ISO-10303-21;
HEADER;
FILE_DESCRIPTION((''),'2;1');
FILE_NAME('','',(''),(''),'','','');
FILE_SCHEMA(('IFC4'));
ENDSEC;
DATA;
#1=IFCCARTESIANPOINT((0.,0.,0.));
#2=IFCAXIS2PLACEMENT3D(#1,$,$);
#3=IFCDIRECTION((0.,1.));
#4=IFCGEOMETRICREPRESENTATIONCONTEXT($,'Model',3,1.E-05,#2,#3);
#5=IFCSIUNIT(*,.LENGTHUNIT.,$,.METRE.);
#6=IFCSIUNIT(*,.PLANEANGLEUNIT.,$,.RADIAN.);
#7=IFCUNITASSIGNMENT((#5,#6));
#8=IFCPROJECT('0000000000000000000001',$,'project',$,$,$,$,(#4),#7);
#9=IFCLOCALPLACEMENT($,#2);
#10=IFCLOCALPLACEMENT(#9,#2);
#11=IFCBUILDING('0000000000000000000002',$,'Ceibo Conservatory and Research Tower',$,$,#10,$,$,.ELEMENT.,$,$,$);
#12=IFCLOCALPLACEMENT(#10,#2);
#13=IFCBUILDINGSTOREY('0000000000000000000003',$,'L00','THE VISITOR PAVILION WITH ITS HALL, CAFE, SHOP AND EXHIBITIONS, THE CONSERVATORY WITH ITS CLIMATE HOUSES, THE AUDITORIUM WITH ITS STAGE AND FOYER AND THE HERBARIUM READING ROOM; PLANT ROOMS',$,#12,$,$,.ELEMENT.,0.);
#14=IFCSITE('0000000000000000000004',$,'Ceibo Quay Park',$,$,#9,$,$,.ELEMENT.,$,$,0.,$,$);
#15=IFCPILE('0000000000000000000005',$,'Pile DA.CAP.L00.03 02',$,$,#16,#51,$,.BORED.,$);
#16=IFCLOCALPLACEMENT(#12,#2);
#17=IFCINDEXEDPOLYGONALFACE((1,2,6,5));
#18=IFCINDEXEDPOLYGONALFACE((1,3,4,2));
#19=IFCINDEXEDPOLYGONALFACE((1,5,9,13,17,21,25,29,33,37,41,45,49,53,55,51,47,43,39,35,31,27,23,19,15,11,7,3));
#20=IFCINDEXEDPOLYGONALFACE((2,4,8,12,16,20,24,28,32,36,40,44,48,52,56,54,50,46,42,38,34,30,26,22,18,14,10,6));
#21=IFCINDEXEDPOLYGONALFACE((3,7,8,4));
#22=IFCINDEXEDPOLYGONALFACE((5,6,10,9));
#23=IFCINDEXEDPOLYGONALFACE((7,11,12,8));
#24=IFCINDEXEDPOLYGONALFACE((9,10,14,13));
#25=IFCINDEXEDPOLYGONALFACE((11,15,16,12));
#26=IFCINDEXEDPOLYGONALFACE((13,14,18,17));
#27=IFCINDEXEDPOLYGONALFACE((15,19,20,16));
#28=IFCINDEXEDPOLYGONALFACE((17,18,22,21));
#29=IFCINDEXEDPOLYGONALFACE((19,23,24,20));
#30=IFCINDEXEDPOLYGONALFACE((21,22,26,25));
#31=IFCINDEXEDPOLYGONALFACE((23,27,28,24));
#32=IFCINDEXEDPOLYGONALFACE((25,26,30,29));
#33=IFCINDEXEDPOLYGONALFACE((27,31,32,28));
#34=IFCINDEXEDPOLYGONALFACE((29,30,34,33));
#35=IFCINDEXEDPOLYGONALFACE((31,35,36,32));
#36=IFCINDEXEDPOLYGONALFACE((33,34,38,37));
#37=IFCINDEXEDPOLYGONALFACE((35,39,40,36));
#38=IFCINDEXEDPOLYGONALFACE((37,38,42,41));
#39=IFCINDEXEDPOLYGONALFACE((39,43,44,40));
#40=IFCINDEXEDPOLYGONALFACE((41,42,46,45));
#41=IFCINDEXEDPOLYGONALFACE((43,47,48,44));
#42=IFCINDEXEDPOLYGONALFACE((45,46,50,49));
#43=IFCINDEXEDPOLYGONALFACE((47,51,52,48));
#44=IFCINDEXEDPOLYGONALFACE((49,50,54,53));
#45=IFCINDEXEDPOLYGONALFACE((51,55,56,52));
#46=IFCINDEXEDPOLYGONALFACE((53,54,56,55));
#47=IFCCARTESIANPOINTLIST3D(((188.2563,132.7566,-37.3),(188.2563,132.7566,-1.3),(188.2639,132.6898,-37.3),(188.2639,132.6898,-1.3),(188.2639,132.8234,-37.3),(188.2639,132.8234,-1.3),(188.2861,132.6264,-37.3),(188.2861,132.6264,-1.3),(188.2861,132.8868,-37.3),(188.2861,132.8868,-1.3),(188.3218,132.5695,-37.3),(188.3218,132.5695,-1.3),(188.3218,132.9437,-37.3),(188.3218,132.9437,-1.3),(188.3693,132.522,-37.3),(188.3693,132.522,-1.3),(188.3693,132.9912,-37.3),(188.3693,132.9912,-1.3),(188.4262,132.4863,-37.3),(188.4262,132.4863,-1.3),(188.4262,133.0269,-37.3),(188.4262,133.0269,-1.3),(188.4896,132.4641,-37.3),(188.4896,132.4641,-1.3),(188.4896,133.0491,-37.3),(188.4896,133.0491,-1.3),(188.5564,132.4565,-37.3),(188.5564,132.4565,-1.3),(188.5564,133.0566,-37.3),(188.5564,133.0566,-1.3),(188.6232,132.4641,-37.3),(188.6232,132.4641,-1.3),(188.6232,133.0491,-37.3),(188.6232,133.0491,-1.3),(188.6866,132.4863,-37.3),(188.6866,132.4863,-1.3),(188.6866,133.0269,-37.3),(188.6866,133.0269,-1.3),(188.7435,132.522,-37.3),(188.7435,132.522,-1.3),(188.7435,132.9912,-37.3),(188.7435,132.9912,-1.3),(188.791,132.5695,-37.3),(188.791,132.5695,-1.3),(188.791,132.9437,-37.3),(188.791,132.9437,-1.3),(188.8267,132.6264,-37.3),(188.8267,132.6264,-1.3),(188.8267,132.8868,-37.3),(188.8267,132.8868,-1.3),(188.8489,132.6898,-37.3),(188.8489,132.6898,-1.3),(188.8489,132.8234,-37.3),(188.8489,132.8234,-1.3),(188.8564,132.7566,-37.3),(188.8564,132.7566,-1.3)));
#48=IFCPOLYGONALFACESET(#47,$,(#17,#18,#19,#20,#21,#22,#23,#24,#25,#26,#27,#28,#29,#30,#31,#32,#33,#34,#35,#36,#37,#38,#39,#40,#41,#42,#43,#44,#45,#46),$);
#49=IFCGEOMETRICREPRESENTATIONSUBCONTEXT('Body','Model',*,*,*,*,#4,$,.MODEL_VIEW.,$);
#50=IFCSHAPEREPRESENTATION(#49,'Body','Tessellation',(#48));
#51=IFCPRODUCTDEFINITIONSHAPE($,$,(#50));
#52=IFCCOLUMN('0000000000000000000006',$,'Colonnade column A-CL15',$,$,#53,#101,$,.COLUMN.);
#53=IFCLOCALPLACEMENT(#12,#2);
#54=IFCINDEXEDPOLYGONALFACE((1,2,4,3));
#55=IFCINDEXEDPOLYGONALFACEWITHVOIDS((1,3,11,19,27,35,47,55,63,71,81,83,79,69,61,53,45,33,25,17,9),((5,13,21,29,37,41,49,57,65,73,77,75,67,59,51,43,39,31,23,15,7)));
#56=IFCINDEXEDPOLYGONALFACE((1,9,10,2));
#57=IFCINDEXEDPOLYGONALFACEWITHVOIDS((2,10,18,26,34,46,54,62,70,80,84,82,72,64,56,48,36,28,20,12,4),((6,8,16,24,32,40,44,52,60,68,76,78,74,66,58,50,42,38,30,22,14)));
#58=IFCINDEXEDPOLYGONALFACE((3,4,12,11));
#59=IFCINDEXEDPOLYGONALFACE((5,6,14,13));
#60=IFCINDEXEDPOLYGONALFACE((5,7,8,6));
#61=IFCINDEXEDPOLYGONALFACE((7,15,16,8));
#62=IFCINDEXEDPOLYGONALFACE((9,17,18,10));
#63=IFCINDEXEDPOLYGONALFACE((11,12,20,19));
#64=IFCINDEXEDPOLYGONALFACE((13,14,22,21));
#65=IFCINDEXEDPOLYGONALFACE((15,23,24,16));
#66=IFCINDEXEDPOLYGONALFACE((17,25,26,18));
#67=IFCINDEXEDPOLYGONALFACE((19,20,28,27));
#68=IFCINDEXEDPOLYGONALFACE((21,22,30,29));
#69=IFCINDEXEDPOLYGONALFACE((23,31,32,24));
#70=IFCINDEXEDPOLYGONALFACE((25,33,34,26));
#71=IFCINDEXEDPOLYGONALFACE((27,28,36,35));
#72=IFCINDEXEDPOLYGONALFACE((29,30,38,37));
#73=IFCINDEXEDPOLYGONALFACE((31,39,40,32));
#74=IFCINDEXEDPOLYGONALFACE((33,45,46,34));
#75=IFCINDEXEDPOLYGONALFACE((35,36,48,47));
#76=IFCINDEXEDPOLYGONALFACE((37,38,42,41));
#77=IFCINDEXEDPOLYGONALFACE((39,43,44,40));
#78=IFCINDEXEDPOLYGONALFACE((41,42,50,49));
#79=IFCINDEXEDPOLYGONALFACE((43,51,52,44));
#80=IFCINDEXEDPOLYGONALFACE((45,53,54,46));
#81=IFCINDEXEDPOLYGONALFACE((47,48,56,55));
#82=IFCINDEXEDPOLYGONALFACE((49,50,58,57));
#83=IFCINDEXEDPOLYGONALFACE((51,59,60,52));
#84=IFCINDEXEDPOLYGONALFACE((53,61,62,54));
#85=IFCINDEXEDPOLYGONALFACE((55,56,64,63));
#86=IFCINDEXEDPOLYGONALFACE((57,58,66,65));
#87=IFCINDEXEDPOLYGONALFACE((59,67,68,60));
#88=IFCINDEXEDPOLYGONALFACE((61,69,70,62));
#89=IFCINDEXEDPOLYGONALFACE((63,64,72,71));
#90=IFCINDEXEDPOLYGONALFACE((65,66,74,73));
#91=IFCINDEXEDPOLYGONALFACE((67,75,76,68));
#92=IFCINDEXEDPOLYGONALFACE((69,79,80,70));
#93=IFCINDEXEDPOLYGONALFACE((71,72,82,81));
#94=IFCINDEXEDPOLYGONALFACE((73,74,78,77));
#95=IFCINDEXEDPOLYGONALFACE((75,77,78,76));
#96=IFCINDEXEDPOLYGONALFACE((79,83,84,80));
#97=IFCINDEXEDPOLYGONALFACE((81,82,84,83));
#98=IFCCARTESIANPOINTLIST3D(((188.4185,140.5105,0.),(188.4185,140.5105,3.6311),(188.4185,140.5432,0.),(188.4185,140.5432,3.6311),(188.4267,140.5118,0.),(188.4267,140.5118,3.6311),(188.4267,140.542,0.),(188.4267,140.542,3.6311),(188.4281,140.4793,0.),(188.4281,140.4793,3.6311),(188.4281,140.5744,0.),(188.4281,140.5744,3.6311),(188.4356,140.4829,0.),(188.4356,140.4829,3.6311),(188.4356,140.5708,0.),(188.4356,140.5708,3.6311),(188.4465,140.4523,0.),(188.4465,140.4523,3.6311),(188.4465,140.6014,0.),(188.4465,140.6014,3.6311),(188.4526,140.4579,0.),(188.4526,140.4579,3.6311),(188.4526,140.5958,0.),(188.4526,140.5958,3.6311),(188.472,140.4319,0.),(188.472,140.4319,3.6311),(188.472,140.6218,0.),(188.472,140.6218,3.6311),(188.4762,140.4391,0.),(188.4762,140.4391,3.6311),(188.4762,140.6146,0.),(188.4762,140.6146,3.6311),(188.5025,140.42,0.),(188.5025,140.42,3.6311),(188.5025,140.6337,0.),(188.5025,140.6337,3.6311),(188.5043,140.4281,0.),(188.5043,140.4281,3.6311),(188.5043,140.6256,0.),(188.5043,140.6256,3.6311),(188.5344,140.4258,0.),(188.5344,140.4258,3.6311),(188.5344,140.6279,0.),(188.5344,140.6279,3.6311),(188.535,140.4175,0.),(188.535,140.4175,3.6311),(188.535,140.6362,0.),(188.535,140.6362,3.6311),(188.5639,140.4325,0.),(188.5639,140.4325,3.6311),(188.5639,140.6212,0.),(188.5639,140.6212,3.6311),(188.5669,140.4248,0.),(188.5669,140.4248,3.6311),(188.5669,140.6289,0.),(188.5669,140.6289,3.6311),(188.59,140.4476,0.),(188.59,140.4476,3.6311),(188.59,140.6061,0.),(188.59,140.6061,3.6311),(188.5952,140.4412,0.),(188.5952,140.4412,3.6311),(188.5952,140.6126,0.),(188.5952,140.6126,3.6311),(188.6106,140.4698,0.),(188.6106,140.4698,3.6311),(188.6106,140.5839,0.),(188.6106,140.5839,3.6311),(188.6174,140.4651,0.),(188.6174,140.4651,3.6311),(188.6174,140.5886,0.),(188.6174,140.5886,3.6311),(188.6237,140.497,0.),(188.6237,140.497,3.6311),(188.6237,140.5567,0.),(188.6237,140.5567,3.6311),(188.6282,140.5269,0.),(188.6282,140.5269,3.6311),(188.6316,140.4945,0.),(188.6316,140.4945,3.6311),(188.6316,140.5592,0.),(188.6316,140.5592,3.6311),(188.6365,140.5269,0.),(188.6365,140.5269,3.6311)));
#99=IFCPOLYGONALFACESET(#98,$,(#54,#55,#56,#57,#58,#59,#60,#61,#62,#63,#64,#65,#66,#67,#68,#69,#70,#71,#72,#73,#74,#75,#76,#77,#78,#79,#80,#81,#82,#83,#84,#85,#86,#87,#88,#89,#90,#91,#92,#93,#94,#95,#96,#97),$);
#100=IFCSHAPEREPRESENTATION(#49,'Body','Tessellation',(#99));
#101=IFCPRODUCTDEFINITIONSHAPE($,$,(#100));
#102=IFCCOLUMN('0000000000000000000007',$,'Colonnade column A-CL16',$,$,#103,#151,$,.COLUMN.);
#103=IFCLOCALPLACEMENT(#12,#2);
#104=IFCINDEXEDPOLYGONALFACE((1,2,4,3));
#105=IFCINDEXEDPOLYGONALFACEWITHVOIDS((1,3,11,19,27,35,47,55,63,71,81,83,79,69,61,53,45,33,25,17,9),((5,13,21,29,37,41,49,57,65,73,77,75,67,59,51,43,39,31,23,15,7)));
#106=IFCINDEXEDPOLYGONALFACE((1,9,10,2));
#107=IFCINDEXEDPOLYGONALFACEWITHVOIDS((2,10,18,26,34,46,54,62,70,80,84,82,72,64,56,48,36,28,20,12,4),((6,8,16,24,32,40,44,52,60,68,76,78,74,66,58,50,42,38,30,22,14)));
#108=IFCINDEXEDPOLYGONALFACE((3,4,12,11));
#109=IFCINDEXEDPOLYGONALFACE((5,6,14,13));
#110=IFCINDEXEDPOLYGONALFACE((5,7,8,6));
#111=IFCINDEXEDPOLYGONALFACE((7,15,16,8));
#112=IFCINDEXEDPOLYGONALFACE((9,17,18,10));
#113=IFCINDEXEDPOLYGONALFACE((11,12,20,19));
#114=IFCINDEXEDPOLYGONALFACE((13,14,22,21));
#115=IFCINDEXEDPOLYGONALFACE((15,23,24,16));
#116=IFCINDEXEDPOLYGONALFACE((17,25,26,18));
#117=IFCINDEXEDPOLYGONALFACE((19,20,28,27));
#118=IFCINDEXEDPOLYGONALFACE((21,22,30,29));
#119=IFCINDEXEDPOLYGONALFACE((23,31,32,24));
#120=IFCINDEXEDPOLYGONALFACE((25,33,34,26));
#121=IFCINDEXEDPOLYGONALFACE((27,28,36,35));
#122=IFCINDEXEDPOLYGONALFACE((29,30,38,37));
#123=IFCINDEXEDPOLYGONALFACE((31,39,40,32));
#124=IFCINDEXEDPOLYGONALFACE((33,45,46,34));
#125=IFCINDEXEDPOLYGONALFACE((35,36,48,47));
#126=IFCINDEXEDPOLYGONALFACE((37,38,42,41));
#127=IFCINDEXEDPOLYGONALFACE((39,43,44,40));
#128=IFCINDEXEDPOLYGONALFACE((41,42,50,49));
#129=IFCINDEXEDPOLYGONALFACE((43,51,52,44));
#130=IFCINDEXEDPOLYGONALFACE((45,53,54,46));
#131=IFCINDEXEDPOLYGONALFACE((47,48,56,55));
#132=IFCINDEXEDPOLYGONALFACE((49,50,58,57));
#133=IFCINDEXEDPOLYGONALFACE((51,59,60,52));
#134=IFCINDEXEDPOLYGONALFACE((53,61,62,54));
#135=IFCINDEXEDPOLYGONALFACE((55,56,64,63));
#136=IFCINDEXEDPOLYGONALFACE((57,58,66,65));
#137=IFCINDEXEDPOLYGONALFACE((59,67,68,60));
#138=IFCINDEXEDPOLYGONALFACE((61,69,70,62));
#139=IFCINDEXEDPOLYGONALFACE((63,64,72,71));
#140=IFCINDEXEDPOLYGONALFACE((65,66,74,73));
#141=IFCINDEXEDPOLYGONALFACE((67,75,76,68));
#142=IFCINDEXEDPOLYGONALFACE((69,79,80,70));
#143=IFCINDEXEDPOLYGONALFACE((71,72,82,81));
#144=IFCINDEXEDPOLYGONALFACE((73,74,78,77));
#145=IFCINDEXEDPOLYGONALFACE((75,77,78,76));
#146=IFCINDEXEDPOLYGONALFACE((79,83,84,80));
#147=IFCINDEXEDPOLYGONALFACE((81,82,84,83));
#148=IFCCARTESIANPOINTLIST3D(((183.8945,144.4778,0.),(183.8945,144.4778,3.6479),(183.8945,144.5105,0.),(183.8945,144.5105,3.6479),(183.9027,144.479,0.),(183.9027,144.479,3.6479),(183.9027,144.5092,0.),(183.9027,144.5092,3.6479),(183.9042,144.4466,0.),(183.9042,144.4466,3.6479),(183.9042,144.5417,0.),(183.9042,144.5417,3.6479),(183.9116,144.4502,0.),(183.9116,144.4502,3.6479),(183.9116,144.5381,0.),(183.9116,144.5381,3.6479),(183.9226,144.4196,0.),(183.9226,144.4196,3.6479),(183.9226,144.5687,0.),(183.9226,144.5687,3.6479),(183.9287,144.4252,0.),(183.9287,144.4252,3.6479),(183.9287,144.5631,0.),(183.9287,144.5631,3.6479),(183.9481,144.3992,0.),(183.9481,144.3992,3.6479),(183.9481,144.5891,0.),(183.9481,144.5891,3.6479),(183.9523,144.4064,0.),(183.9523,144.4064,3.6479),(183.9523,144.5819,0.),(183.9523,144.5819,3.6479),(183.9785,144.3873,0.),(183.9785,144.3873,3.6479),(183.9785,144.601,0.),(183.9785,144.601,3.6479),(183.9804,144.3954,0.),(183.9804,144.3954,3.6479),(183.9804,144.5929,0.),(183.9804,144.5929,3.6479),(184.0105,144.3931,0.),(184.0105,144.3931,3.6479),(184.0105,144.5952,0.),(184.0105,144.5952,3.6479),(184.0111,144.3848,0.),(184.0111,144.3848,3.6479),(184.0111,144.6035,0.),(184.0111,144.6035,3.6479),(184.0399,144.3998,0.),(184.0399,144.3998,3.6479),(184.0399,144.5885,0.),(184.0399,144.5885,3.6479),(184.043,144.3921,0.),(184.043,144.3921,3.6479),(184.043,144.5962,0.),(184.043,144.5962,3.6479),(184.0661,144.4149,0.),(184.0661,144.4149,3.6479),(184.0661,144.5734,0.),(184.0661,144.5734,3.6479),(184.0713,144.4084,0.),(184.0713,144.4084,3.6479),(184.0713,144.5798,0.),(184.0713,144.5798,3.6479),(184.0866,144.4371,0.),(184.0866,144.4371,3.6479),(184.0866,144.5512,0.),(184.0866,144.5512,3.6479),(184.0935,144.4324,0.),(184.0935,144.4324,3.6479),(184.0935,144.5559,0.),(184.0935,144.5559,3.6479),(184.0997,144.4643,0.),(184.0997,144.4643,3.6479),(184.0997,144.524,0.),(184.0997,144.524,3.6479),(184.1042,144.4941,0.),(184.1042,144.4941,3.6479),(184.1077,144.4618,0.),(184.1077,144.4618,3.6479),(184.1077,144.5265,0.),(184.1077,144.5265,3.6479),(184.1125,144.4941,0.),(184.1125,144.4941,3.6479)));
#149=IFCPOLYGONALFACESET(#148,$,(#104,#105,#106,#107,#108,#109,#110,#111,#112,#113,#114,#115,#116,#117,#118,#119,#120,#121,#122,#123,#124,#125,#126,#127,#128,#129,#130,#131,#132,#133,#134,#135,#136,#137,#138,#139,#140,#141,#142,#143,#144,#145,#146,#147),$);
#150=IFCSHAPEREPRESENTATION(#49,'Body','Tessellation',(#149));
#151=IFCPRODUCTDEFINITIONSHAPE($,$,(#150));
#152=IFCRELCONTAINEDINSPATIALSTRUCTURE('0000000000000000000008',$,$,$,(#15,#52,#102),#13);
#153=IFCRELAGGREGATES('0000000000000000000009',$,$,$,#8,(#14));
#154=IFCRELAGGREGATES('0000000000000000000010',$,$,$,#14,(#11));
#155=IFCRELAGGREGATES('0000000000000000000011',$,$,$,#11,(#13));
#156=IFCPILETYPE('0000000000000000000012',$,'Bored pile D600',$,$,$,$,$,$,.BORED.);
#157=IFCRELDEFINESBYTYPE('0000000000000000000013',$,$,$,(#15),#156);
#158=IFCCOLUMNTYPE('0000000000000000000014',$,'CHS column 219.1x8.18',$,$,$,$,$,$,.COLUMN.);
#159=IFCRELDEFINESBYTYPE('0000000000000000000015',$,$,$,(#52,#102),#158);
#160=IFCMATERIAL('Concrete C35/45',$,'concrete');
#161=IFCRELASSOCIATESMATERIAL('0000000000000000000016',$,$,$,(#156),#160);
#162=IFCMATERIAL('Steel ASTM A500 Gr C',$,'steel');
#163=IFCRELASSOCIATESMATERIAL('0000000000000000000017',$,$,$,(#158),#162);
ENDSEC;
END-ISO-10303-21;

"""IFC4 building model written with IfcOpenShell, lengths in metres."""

from ifc_helpers import new_model, si_unit, direction, frame, origin, origin_2d, place, context, subcontext, project, spatial, circle, hollow_circle, extrude, material, material_profile, profile_set, type_object, element, save


model = new_model("IFC4")

# Units and contexts
model_context = context("Model", 3, precision=1e-05, world=origin(), true_north=direction((0.0, 1.0)))
body_context = subcontext(model_context, "Body", "Model", "MODEL_VIEW")
ifc_project = project(units=[si_unit("LENGTHUNIT", "METRE"), si_unit("PLANEANGLEUNIT", "RADIAN")], contexts=[model_context])

# Site, building, storey
site_placement = place(None, origin())
site = spatial("IfcSite", under=ifc_project, at=site_placement, Name="Ceibo Quay Park", CompositionType="ELEMENT", RefElevation=0.0)
building_placement = place(site_placement, origin())
building = spatial("IfcBuilding", under=site, at=building_placement, Name="Ceibo Conservatory and Research Tower", CompositionType="ELEMENT")
storey_placement = place(building_placement, origin())
storey = spatial("IfcBuildingStorey", under=building, at=storey_placement, Name="L00", Description="THE VISITOR PAVILION WITH ITS HALL, CAFE, SHOP AND EXHIBITIONS, THE CONSERVATORY WITH ITS CLIMATE HOUSES, THE AUDITORIUM WITH ITS STAGE AND FOYER AND THE HERBARIUM READING ROOM; PLANT ROOMS", CompositionType="ELEMENT", Elevation=0.0)

# Pile
ifc_material_1 = material(Name="Concrete C35/45", Category="concrete")
ifc_material_profile_1 = material_profile(ifc_material_1, circle(Radius=0.3, at=origin_2d()), Name="RC D600")
ifc_profile_set_1 = profile_set([ifc_material_profile_1], Name="Concrete C35/45")
pile_type = type_object("IfcPileType", Name="Bored pile D600", PredefinedType="BORED", material=ifc_profile_set_1)
pile_placement = place(storey_placement, frame((188.5564, 132.7566, -1.3), z_axis=(0.0, 0.0, -1.0), x_axis=(1.0, 0.0, 0.0)))
element("IfcPile", 1, at=pile_placement, inside=storey, type_object=pile_type, Name="Pile DA.CAP.L00.03 02", PredefinedType="BORED", context=body_context, shape_type="SweptSolid", body=[
    extrude(circle(Radius=0.3, at=origin_2d()), origin(), (0.0, 0.0, 1.0), 36.0),
])

# Columns
ifc_material_2 = material(Name="Steel ASTM A500 Gr C", Category="steel")
ifc_material_profile_2 = material_profile(ifc_material_2, hollow_circle(Radius=0.1096, WallThickness=0.0083, at=origin_2d()), Name="CHS column 219.1x8.18")
ifc_profile_set_2 = profile_set([ifc_material_profile_2], Name="Steel ASTM A500 Gr C")
column_type = type_object("IfcColumnType", Name="CHS column 219.1x8.18", PredefinedType="COLUMN", material=ifc_profile_set_2)
column_1_placement = place(storey_placement, frame((188.5269, 140.5269, 0.0), z_axis=(0.0, 0.0, 1.0), x_axis=(1.0, 0.0, 0.0)))
element("IfcColumn", 2, at=column_1_placement, inside=storey, type_object=column_type, Name="Colonnade column A-CL15", PredefinedType="COLUMN", context=body_context, shape_type="SweptSolid", body=[
    extrude(hollow_circle(Radius=0.1096, WallThickness=0.0083, at=origin_2d()), origin(), (0.0, 0.0, 1.0), 3.6311),
])
column_2_placement = place(storey_placement, frame((184.0029, 144.4941, 0.0), z_axis=(0.0, 0.0, 1.0), x_axis=(1.0, 0.0, 0.0)))
element("IfcColumn", 3, at=column_2_placement, inside=storey, type_object=column_type, Name="Colonnade column A-CL16", PredefinedType="COLUMN", context=body_context, shape_type="SweptSolid", body=[
    extrude(hollow_circle(Radius=0.1096, WallThickness=0.0083, at=origin_2d()), origin(), (0.0, 0.0, 1.0), 3.6479),
])

save(model, "model.ifc")
